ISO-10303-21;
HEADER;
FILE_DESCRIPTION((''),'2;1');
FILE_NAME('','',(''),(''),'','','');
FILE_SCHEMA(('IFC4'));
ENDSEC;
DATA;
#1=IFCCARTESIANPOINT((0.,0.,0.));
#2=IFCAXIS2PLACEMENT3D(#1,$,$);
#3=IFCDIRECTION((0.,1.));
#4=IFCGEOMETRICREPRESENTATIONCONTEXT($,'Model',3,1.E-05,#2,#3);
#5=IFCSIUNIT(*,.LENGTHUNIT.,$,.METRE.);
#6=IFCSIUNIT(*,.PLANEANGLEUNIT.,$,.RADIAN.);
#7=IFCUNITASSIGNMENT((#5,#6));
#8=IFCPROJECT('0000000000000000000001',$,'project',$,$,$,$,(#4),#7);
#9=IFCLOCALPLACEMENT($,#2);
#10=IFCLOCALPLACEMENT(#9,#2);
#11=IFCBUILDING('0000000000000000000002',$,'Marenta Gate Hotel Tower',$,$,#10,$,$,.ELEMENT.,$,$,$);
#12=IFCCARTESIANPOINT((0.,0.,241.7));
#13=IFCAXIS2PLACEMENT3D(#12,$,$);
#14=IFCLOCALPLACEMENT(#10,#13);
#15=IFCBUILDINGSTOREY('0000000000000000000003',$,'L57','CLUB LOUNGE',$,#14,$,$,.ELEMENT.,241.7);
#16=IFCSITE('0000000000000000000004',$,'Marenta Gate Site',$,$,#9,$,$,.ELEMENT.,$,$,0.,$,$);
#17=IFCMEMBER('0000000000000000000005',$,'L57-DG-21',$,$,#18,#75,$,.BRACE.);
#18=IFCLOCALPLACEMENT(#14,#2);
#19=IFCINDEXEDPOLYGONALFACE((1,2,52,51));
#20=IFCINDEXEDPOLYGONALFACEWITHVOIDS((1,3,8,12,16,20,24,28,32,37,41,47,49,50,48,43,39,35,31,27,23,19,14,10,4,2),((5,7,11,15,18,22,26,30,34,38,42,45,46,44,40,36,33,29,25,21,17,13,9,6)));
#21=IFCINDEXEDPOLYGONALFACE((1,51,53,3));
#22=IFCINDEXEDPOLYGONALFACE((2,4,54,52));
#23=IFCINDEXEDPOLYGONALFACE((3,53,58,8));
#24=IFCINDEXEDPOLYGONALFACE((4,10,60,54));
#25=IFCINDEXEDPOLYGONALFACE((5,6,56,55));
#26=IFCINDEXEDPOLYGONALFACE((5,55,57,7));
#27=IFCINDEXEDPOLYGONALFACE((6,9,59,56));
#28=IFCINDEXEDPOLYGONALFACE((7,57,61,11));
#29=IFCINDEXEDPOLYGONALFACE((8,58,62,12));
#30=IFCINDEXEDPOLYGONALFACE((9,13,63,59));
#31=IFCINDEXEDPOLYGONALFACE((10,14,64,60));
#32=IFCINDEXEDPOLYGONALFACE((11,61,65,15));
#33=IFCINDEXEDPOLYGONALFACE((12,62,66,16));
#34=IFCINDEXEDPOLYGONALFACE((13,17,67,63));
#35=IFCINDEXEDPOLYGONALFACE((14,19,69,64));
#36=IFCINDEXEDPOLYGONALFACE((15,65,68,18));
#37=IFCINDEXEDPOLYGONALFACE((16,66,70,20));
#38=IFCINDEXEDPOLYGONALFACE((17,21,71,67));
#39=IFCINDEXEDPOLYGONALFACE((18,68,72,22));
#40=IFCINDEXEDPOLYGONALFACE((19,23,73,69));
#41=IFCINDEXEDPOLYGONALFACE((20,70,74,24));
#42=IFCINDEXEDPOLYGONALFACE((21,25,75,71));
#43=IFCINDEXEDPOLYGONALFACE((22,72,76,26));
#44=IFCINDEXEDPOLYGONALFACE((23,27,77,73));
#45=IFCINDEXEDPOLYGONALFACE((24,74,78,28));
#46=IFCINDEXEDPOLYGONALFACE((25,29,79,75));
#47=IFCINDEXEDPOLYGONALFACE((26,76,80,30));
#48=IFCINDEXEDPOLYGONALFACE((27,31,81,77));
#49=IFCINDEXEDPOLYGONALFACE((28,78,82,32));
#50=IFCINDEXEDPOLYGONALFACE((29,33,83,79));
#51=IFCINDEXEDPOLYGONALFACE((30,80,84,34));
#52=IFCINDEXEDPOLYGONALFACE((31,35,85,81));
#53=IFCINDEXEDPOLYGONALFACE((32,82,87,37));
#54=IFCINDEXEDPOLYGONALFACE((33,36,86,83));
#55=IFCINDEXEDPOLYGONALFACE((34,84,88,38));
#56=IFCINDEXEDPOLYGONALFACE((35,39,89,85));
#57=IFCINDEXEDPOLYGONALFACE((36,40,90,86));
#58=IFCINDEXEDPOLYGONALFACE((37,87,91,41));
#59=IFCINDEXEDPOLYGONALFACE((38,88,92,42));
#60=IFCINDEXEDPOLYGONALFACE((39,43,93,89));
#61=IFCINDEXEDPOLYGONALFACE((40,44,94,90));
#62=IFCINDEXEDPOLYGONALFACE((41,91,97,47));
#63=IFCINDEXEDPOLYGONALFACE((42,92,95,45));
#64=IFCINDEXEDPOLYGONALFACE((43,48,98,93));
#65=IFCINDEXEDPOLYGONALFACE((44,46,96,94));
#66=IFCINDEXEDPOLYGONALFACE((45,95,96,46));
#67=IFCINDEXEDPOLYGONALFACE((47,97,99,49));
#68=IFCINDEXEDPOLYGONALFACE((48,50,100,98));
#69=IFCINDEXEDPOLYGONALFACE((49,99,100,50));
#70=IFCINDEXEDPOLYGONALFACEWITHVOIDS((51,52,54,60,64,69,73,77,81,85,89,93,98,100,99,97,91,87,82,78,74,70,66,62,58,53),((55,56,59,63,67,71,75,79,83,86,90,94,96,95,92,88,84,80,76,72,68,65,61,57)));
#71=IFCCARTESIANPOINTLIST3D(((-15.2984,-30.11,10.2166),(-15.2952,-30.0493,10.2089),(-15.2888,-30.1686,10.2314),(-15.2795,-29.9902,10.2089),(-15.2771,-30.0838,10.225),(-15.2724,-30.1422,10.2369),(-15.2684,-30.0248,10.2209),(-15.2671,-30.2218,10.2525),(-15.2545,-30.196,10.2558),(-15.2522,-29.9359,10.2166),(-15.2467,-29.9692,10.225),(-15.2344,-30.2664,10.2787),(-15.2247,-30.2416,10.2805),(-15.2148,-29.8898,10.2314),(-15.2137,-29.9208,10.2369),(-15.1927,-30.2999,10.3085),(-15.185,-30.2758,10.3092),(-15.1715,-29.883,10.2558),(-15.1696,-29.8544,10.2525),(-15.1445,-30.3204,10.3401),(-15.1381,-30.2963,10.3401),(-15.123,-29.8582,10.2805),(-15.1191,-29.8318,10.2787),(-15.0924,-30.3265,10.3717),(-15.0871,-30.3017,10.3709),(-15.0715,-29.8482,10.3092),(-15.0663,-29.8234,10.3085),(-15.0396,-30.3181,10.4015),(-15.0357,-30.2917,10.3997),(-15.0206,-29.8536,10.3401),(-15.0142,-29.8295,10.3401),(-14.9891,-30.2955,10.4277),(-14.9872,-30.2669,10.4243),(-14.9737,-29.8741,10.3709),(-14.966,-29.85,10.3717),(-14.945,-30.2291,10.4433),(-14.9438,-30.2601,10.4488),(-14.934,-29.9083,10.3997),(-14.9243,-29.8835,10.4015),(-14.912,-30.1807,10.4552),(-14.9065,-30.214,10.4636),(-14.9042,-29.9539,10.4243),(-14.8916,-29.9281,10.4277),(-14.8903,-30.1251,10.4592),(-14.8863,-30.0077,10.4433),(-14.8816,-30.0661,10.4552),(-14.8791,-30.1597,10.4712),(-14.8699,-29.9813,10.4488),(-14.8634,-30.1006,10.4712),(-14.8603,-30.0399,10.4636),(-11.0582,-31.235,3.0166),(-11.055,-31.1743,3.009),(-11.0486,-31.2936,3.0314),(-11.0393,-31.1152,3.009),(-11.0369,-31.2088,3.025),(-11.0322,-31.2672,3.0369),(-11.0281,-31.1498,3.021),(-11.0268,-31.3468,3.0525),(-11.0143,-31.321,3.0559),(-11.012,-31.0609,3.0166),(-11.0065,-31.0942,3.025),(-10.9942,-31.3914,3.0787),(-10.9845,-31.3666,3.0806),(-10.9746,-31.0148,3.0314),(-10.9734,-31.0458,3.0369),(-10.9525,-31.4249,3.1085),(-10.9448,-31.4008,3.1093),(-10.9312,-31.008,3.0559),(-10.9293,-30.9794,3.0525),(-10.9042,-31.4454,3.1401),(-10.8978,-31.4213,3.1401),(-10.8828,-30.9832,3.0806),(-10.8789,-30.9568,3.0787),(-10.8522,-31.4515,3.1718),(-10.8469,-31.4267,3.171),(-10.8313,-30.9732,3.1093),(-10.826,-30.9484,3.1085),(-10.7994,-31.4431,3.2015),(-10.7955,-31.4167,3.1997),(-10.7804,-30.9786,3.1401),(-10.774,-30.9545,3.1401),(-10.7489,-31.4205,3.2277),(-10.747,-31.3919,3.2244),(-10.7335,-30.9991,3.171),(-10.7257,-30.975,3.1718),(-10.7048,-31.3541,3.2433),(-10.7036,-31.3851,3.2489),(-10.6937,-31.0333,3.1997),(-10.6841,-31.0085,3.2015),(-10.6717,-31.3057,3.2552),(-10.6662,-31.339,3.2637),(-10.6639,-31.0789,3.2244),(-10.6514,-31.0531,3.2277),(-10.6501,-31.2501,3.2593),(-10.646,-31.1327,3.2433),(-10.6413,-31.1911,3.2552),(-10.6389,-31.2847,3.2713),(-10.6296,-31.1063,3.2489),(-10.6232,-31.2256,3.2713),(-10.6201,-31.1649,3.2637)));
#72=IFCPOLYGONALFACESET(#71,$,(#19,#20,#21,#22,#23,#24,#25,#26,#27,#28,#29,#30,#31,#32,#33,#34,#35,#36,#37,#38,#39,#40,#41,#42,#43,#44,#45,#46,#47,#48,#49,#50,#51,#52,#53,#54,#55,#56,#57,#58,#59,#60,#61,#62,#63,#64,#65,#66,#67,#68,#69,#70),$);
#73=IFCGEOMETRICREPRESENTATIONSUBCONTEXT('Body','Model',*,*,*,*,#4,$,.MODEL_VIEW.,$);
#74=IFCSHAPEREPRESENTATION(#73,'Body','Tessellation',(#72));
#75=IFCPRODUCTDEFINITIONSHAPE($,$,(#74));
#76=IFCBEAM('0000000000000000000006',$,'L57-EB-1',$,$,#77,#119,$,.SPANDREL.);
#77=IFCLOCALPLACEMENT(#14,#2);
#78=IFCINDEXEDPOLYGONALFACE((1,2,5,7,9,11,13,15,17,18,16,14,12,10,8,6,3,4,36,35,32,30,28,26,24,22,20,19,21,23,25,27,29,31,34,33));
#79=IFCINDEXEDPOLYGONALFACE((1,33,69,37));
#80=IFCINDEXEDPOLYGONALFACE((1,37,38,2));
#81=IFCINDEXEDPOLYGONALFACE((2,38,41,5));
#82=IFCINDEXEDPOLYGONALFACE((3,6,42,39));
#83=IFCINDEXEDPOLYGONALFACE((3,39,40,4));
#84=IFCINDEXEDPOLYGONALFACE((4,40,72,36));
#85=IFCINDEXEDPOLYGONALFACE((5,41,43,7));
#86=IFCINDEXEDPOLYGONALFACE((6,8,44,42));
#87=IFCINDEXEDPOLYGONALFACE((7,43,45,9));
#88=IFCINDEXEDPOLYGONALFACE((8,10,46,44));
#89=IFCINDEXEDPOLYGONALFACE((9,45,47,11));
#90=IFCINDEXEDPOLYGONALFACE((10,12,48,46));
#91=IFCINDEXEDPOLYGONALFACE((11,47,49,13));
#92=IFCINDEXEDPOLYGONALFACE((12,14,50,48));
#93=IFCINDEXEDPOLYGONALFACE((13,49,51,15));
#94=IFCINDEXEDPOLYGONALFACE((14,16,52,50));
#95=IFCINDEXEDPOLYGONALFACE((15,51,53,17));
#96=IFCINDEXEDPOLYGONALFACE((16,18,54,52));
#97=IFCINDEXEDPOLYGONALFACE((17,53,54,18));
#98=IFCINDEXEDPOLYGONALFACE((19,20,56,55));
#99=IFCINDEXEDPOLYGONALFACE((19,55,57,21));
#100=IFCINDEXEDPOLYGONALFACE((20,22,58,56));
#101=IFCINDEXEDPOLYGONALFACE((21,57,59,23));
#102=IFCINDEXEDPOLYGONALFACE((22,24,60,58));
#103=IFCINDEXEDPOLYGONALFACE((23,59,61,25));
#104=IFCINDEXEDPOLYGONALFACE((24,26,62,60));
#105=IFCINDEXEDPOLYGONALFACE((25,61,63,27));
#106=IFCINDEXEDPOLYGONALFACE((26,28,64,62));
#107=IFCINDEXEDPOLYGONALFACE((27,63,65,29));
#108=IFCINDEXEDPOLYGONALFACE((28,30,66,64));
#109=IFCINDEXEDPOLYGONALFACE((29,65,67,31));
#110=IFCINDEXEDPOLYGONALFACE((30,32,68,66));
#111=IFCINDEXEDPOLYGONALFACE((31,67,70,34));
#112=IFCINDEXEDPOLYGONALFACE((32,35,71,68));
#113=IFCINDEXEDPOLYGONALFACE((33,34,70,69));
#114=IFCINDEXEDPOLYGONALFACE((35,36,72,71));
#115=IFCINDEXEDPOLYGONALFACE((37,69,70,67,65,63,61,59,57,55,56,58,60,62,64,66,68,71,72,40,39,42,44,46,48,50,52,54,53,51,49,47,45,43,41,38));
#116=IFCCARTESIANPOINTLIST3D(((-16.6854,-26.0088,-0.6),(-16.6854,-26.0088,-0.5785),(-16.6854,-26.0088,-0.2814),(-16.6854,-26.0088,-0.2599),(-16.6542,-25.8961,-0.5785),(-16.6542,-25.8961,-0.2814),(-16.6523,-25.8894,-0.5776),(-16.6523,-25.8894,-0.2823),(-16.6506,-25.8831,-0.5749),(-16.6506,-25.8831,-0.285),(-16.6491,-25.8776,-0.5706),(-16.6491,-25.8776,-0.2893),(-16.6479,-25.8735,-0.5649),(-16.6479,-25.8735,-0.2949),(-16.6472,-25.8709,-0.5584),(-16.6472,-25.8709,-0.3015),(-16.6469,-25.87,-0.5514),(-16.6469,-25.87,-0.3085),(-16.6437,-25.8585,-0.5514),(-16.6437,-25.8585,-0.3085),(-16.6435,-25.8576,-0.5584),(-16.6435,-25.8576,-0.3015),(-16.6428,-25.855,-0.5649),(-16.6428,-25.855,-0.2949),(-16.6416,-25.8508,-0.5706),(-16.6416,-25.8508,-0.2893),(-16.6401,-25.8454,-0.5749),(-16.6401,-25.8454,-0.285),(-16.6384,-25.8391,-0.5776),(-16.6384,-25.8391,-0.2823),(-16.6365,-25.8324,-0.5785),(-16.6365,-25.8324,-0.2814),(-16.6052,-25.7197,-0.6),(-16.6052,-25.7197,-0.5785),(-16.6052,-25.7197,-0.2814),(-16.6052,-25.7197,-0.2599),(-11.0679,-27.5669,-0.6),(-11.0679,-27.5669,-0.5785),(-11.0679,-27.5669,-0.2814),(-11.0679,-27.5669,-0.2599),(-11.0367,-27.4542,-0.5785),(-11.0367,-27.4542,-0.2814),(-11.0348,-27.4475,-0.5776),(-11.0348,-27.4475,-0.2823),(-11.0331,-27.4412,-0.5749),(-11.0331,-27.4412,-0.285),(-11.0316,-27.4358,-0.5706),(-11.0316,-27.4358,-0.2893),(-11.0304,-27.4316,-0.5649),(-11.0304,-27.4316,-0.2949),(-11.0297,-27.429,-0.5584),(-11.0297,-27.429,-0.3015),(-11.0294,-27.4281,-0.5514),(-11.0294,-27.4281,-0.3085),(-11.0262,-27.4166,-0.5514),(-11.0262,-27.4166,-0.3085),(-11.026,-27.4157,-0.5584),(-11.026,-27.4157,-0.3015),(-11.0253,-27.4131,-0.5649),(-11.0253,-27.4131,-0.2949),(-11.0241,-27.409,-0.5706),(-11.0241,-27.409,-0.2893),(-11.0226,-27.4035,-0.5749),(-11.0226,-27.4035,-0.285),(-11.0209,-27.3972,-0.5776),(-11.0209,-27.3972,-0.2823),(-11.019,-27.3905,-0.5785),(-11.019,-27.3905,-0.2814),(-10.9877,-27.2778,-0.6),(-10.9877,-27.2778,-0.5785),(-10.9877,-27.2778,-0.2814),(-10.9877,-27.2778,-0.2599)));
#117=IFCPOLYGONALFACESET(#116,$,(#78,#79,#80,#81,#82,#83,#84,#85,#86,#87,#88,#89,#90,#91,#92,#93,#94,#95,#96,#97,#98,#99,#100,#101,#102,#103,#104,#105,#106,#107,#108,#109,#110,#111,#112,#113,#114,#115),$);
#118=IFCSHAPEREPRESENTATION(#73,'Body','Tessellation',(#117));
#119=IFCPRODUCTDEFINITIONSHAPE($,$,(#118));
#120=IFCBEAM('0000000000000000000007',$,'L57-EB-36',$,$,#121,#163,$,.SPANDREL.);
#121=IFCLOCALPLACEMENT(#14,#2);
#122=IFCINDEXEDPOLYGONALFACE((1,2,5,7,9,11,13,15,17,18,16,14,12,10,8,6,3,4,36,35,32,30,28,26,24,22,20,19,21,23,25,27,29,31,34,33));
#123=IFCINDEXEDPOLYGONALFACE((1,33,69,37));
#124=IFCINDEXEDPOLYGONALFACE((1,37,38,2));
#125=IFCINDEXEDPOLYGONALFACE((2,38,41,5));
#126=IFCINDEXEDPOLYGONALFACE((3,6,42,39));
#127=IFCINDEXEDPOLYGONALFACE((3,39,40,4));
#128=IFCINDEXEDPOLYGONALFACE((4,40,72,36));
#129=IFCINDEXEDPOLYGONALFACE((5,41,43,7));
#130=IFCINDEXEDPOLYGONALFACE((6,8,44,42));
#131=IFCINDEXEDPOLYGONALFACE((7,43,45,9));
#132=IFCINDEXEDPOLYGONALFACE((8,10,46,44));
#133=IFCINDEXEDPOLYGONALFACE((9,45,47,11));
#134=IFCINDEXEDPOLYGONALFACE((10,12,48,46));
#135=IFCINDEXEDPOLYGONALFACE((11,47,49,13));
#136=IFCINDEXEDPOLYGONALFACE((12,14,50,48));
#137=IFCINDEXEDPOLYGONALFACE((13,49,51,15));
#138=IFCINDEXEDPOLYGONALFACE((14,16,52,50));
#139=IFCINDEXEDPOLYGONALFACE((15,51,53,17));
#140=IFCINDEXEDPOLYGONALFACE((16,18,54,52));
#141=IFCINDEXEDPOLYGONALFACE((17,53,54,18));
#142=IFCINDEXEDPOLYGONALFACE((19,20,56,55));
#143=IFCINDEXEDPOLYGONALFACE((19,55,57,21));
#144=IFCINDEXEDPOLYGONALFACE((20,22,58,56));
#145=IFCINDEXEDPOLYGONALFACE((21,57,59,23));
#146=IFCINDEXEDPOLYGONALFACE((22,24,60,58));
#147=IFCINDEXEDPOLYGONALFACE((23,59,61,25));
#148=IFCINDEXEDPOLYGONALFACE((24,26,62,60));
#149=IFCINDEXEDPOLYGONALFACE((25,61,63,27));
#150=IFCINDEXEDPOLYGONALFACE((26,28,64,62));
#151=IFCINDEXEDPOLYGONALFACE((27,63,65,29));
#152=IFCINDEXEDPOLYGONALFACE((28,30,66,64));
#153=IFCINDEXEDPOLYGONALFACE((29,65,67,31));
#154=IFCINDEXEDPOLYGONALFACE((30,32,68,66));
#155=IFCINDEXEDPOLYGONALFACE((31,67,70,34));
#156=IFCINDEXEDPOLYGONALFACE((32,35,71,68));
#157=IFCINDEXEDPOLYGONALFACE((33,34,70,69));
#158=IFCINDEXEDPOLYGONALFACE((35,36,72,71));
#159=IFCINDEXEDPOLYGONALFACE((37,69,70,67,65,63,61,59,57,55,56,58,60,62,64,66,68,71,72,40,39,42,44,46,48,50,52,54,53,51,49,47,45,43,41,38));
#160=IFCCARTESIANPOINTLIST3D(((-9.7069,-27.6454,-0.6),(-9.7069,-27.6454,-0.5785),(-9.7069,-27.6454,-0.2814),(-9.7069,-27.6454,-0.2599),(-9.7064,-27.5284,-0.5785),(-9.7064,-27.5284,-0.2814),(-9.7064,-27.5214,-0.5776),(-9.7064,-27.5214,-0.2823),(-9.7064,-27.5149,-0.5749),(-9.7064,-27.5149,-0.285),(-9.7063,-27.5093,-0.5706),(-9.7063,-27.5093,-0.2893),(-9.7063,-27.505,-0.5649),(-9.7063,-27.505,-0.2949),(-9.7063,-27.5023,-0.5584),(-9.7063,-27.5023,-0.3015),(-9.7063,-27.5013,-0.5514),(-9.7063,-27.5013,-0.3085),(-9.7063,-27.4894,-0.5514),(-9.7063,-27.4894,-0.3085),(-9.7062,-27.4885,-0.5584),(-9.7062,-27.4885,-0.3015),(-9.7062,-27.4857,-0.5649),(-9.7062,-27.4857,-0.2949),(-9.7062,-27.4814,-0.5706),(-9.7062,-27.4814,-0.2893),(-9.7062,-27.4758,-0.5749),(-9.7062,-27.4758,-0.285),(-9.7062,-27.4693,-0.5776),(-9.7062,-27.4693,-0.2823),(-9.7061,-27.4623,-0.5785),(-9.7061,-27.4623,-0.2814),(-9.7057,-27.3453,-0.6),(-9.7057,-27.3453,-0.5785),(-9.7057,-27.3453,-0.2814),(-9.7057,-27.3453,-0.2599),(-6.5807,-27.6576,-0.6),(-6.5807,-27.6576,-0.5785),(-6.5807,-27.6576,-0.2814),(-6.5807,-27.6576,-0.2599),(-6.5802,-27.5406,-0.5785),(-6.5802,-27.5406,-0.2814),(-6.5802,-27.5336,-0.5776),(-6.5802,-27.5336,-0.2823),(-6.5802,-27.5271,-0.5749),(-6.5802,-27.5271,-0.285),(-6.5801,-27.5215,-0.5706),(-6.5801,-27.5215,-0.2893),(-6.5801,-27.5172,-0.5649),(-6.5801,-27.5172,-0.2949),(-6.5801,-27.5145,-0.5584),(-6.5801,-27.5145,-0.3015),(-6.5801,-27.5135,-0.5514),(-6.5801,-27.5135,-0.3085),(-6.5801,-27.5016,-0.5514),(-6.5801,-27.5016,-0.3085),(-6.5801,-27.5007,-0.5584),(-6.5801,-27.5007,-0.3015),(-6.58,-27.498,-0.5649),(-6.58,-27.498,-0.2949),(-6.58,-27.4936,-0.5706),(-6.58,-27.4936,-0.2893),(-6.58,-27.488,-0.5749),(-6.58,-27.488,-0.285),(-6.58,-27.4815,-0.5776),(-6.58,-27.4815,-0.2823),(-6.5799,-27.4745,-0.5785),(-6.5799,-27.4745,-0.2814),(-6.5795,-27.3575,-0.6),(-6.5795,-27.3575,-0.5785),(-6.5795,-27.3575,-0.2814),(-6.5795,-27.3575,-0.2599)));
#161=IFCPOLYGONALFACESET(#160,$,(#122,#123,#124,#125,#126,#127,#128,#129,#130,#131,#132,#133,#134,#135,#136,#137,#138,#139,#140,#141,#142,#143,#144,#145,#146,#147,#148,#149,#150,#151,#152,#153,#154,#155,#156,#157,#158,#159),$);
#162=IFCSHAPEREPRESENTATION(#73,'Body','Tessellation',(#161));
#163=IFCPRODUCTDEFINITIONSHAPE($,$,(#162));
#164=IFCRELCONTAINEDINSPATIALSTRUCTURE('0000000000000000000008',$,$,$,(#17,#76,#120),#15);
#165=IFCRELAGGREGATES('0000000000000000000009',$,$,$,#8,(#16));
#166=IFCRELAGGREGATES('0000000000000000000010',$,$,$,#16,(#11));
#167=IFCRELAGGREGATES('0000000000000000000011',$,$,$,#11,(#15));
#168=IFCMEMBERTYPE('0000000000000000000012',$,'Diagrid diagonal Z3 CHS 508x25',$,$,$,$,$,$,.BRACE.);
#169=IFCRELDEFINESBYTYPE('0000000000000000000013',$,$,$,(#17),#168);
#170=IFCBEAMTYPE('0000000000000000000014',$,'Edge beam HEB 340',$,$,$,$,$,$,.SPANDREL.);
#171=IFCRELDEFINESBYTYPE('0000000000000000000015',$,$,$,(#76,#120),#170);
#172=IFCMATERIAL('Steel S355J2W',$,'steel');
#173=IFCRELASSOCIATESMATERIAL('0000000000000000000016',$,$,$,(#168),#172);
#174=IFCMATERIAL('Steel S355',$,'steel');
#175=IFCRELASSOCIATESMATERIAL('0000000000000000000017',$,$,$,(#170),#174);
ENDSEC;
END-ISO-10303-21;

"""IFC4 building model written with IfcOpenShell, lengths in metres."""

from ifc_helpers import new_model, si_unit, direction, frame, origin, origin_2d, place, context, subcontext, project, spatial, hollow_circle, i_section, extrude, material, material_profile, profile_set, type_object, element, save


model = new_model("IFC4")

# Units and contexts
model_context = context("Model", 3, precision=1e-05, world=origin(), true_north=direction((0.0, 1.0)))
body_context = subcontext(model_context, "Body", "Model", "MODEL_VIEW")
ifc_project = project(units=[si_unit("LENGTHUNIT", "METRE"), si_unit("PLANEANGLEUNIT", "RADIAN")], contexts=[model_context])

# Site, building, storey
site_placement = place(None, origin())
site = spatial("IfcSite", under=ifc_project, at=site_placement, Name="Marenta Gate Site", CompositionType="ELEMENT", RefElevation=0.0)
building_placement = place(site_placement, origin())
building = spatial("IfcBuilding", under=site, at=building_placement, Name="Marenta Gate Hotel Tower", CompositionType="ELEMENT")
storey_placement = place(building_placement, frame((0.0, 0.0, 241.7)))
storey = spatial("IfcBuildingStorey", under=building, at=storey_placement, Name="L57", Description="CLUB LOUNGE", CompositionType="ELEMENT", Elevation=241.7)

# Member
ifc_material_1 = material(Name="Steel S355J2W", Category="steel")
ifc_material_profile_1 = material_profile(ifc_material_1, hollow_circle(Radius=0.2539, WallThickness=0.0249, at=origin_2d()), Name="CHS 508x25")
ifc_profile_set_1 = profile_set([ifc_material_profile_1], Name="Steel S355J2W")
member_type_1 = type_object("IfcMemberType", Name="Diagrid diagonal Z3 CHS 508x25", PredefinedType="BRACE", material=ifc_profile_set_1)
member_1_placement = place(storey_placement, frame((-10.8391, -31.2, 3.1401), z_axis=(-0.502924, 0.133434, 0.853969), x_axis=(-0.256443, -0.966559, 0.0)))
element("IfcMember", 1, at=member_1_placement, inside=storey, type_object=member_type_1, Name="L57-DG-21", PredefinedType="BRACE", context=body_context, shape_type="SweptSolid", body=[
    extrude(hollow_circle(Radius=0.2539, WallThickness=0.0249, at=origin_2d()), origin(), (0.0, 0.0, 1.0), 8.4312),
])

# Beams
ifc_material_2 = material(Name="Steel S355", Category="steel")
ifc_material_profile_2 = material_profile(ifc_material_2, i_section(OverallWidth=0.3, OverallDepth=0.3401, WebThickness=0.012, FlangeThickness=0.0215, FilletRadius=0.0271, at=origin_2d()), Name="HEB 340")
ifc_profile_set_2 = profile_set([ifc_material_profile_2], Name="Steel S355")
beam_type_1 = type_object("IfcBeamType", Name="Edge beam HEB 340", PredefinedType="SPANDREL", material=ifc_profile_set_2)
beam_1_placement = place(storey_placement, frame((-11.0278, -27.4224, -0.4299), z_axis=(-0.963619, 0.267279, 0.0), x_axis=(-0.267279, -0.963619, 0.0)))
element("IfcBeam", 2, at=beam_1_placement, inside=storey, type_object=beam_type_1, Name="L57-EB-1", PredefinedType="SPANDREL", context=body_context, shape_type="SweptSolid", body=[
    extrude(i_section(OverallWidth=0.3, OverallDepth=0.3401, WebThickness=0.012, FlangeThickness=0.0215, FilletRadius=0.0271, at=origin_2d()), origin(), (0.0, 0.0, 1.0), 5.8296),
])
beam_2_placement = place(storey_placement, frame((-6.5801, -27.5076, -0.4299), z_axis=(-0.999992, 0.003905, 0.0), x_axis=(-0.003905, -0.999992, 0.0)))
element("IfcBeam", 3, at=beam_2_placement, inside=storey, type_object=beam_type_1, Name="L57-EB-36", PredefinedType="SPANDREL", context=body_context, shape_type="SweptSolid", body=[
    extrude(i_section(OverallWidth=0.3, OverallDepth=0.3401, WebThickness=0.012, FlangeThickness=0.0215, FilletRadius=0.0271, at=origin_2d()), origin(), (0.0, 0.0, 1.0), 3.1262),
])

save(model, "model.ifc")
